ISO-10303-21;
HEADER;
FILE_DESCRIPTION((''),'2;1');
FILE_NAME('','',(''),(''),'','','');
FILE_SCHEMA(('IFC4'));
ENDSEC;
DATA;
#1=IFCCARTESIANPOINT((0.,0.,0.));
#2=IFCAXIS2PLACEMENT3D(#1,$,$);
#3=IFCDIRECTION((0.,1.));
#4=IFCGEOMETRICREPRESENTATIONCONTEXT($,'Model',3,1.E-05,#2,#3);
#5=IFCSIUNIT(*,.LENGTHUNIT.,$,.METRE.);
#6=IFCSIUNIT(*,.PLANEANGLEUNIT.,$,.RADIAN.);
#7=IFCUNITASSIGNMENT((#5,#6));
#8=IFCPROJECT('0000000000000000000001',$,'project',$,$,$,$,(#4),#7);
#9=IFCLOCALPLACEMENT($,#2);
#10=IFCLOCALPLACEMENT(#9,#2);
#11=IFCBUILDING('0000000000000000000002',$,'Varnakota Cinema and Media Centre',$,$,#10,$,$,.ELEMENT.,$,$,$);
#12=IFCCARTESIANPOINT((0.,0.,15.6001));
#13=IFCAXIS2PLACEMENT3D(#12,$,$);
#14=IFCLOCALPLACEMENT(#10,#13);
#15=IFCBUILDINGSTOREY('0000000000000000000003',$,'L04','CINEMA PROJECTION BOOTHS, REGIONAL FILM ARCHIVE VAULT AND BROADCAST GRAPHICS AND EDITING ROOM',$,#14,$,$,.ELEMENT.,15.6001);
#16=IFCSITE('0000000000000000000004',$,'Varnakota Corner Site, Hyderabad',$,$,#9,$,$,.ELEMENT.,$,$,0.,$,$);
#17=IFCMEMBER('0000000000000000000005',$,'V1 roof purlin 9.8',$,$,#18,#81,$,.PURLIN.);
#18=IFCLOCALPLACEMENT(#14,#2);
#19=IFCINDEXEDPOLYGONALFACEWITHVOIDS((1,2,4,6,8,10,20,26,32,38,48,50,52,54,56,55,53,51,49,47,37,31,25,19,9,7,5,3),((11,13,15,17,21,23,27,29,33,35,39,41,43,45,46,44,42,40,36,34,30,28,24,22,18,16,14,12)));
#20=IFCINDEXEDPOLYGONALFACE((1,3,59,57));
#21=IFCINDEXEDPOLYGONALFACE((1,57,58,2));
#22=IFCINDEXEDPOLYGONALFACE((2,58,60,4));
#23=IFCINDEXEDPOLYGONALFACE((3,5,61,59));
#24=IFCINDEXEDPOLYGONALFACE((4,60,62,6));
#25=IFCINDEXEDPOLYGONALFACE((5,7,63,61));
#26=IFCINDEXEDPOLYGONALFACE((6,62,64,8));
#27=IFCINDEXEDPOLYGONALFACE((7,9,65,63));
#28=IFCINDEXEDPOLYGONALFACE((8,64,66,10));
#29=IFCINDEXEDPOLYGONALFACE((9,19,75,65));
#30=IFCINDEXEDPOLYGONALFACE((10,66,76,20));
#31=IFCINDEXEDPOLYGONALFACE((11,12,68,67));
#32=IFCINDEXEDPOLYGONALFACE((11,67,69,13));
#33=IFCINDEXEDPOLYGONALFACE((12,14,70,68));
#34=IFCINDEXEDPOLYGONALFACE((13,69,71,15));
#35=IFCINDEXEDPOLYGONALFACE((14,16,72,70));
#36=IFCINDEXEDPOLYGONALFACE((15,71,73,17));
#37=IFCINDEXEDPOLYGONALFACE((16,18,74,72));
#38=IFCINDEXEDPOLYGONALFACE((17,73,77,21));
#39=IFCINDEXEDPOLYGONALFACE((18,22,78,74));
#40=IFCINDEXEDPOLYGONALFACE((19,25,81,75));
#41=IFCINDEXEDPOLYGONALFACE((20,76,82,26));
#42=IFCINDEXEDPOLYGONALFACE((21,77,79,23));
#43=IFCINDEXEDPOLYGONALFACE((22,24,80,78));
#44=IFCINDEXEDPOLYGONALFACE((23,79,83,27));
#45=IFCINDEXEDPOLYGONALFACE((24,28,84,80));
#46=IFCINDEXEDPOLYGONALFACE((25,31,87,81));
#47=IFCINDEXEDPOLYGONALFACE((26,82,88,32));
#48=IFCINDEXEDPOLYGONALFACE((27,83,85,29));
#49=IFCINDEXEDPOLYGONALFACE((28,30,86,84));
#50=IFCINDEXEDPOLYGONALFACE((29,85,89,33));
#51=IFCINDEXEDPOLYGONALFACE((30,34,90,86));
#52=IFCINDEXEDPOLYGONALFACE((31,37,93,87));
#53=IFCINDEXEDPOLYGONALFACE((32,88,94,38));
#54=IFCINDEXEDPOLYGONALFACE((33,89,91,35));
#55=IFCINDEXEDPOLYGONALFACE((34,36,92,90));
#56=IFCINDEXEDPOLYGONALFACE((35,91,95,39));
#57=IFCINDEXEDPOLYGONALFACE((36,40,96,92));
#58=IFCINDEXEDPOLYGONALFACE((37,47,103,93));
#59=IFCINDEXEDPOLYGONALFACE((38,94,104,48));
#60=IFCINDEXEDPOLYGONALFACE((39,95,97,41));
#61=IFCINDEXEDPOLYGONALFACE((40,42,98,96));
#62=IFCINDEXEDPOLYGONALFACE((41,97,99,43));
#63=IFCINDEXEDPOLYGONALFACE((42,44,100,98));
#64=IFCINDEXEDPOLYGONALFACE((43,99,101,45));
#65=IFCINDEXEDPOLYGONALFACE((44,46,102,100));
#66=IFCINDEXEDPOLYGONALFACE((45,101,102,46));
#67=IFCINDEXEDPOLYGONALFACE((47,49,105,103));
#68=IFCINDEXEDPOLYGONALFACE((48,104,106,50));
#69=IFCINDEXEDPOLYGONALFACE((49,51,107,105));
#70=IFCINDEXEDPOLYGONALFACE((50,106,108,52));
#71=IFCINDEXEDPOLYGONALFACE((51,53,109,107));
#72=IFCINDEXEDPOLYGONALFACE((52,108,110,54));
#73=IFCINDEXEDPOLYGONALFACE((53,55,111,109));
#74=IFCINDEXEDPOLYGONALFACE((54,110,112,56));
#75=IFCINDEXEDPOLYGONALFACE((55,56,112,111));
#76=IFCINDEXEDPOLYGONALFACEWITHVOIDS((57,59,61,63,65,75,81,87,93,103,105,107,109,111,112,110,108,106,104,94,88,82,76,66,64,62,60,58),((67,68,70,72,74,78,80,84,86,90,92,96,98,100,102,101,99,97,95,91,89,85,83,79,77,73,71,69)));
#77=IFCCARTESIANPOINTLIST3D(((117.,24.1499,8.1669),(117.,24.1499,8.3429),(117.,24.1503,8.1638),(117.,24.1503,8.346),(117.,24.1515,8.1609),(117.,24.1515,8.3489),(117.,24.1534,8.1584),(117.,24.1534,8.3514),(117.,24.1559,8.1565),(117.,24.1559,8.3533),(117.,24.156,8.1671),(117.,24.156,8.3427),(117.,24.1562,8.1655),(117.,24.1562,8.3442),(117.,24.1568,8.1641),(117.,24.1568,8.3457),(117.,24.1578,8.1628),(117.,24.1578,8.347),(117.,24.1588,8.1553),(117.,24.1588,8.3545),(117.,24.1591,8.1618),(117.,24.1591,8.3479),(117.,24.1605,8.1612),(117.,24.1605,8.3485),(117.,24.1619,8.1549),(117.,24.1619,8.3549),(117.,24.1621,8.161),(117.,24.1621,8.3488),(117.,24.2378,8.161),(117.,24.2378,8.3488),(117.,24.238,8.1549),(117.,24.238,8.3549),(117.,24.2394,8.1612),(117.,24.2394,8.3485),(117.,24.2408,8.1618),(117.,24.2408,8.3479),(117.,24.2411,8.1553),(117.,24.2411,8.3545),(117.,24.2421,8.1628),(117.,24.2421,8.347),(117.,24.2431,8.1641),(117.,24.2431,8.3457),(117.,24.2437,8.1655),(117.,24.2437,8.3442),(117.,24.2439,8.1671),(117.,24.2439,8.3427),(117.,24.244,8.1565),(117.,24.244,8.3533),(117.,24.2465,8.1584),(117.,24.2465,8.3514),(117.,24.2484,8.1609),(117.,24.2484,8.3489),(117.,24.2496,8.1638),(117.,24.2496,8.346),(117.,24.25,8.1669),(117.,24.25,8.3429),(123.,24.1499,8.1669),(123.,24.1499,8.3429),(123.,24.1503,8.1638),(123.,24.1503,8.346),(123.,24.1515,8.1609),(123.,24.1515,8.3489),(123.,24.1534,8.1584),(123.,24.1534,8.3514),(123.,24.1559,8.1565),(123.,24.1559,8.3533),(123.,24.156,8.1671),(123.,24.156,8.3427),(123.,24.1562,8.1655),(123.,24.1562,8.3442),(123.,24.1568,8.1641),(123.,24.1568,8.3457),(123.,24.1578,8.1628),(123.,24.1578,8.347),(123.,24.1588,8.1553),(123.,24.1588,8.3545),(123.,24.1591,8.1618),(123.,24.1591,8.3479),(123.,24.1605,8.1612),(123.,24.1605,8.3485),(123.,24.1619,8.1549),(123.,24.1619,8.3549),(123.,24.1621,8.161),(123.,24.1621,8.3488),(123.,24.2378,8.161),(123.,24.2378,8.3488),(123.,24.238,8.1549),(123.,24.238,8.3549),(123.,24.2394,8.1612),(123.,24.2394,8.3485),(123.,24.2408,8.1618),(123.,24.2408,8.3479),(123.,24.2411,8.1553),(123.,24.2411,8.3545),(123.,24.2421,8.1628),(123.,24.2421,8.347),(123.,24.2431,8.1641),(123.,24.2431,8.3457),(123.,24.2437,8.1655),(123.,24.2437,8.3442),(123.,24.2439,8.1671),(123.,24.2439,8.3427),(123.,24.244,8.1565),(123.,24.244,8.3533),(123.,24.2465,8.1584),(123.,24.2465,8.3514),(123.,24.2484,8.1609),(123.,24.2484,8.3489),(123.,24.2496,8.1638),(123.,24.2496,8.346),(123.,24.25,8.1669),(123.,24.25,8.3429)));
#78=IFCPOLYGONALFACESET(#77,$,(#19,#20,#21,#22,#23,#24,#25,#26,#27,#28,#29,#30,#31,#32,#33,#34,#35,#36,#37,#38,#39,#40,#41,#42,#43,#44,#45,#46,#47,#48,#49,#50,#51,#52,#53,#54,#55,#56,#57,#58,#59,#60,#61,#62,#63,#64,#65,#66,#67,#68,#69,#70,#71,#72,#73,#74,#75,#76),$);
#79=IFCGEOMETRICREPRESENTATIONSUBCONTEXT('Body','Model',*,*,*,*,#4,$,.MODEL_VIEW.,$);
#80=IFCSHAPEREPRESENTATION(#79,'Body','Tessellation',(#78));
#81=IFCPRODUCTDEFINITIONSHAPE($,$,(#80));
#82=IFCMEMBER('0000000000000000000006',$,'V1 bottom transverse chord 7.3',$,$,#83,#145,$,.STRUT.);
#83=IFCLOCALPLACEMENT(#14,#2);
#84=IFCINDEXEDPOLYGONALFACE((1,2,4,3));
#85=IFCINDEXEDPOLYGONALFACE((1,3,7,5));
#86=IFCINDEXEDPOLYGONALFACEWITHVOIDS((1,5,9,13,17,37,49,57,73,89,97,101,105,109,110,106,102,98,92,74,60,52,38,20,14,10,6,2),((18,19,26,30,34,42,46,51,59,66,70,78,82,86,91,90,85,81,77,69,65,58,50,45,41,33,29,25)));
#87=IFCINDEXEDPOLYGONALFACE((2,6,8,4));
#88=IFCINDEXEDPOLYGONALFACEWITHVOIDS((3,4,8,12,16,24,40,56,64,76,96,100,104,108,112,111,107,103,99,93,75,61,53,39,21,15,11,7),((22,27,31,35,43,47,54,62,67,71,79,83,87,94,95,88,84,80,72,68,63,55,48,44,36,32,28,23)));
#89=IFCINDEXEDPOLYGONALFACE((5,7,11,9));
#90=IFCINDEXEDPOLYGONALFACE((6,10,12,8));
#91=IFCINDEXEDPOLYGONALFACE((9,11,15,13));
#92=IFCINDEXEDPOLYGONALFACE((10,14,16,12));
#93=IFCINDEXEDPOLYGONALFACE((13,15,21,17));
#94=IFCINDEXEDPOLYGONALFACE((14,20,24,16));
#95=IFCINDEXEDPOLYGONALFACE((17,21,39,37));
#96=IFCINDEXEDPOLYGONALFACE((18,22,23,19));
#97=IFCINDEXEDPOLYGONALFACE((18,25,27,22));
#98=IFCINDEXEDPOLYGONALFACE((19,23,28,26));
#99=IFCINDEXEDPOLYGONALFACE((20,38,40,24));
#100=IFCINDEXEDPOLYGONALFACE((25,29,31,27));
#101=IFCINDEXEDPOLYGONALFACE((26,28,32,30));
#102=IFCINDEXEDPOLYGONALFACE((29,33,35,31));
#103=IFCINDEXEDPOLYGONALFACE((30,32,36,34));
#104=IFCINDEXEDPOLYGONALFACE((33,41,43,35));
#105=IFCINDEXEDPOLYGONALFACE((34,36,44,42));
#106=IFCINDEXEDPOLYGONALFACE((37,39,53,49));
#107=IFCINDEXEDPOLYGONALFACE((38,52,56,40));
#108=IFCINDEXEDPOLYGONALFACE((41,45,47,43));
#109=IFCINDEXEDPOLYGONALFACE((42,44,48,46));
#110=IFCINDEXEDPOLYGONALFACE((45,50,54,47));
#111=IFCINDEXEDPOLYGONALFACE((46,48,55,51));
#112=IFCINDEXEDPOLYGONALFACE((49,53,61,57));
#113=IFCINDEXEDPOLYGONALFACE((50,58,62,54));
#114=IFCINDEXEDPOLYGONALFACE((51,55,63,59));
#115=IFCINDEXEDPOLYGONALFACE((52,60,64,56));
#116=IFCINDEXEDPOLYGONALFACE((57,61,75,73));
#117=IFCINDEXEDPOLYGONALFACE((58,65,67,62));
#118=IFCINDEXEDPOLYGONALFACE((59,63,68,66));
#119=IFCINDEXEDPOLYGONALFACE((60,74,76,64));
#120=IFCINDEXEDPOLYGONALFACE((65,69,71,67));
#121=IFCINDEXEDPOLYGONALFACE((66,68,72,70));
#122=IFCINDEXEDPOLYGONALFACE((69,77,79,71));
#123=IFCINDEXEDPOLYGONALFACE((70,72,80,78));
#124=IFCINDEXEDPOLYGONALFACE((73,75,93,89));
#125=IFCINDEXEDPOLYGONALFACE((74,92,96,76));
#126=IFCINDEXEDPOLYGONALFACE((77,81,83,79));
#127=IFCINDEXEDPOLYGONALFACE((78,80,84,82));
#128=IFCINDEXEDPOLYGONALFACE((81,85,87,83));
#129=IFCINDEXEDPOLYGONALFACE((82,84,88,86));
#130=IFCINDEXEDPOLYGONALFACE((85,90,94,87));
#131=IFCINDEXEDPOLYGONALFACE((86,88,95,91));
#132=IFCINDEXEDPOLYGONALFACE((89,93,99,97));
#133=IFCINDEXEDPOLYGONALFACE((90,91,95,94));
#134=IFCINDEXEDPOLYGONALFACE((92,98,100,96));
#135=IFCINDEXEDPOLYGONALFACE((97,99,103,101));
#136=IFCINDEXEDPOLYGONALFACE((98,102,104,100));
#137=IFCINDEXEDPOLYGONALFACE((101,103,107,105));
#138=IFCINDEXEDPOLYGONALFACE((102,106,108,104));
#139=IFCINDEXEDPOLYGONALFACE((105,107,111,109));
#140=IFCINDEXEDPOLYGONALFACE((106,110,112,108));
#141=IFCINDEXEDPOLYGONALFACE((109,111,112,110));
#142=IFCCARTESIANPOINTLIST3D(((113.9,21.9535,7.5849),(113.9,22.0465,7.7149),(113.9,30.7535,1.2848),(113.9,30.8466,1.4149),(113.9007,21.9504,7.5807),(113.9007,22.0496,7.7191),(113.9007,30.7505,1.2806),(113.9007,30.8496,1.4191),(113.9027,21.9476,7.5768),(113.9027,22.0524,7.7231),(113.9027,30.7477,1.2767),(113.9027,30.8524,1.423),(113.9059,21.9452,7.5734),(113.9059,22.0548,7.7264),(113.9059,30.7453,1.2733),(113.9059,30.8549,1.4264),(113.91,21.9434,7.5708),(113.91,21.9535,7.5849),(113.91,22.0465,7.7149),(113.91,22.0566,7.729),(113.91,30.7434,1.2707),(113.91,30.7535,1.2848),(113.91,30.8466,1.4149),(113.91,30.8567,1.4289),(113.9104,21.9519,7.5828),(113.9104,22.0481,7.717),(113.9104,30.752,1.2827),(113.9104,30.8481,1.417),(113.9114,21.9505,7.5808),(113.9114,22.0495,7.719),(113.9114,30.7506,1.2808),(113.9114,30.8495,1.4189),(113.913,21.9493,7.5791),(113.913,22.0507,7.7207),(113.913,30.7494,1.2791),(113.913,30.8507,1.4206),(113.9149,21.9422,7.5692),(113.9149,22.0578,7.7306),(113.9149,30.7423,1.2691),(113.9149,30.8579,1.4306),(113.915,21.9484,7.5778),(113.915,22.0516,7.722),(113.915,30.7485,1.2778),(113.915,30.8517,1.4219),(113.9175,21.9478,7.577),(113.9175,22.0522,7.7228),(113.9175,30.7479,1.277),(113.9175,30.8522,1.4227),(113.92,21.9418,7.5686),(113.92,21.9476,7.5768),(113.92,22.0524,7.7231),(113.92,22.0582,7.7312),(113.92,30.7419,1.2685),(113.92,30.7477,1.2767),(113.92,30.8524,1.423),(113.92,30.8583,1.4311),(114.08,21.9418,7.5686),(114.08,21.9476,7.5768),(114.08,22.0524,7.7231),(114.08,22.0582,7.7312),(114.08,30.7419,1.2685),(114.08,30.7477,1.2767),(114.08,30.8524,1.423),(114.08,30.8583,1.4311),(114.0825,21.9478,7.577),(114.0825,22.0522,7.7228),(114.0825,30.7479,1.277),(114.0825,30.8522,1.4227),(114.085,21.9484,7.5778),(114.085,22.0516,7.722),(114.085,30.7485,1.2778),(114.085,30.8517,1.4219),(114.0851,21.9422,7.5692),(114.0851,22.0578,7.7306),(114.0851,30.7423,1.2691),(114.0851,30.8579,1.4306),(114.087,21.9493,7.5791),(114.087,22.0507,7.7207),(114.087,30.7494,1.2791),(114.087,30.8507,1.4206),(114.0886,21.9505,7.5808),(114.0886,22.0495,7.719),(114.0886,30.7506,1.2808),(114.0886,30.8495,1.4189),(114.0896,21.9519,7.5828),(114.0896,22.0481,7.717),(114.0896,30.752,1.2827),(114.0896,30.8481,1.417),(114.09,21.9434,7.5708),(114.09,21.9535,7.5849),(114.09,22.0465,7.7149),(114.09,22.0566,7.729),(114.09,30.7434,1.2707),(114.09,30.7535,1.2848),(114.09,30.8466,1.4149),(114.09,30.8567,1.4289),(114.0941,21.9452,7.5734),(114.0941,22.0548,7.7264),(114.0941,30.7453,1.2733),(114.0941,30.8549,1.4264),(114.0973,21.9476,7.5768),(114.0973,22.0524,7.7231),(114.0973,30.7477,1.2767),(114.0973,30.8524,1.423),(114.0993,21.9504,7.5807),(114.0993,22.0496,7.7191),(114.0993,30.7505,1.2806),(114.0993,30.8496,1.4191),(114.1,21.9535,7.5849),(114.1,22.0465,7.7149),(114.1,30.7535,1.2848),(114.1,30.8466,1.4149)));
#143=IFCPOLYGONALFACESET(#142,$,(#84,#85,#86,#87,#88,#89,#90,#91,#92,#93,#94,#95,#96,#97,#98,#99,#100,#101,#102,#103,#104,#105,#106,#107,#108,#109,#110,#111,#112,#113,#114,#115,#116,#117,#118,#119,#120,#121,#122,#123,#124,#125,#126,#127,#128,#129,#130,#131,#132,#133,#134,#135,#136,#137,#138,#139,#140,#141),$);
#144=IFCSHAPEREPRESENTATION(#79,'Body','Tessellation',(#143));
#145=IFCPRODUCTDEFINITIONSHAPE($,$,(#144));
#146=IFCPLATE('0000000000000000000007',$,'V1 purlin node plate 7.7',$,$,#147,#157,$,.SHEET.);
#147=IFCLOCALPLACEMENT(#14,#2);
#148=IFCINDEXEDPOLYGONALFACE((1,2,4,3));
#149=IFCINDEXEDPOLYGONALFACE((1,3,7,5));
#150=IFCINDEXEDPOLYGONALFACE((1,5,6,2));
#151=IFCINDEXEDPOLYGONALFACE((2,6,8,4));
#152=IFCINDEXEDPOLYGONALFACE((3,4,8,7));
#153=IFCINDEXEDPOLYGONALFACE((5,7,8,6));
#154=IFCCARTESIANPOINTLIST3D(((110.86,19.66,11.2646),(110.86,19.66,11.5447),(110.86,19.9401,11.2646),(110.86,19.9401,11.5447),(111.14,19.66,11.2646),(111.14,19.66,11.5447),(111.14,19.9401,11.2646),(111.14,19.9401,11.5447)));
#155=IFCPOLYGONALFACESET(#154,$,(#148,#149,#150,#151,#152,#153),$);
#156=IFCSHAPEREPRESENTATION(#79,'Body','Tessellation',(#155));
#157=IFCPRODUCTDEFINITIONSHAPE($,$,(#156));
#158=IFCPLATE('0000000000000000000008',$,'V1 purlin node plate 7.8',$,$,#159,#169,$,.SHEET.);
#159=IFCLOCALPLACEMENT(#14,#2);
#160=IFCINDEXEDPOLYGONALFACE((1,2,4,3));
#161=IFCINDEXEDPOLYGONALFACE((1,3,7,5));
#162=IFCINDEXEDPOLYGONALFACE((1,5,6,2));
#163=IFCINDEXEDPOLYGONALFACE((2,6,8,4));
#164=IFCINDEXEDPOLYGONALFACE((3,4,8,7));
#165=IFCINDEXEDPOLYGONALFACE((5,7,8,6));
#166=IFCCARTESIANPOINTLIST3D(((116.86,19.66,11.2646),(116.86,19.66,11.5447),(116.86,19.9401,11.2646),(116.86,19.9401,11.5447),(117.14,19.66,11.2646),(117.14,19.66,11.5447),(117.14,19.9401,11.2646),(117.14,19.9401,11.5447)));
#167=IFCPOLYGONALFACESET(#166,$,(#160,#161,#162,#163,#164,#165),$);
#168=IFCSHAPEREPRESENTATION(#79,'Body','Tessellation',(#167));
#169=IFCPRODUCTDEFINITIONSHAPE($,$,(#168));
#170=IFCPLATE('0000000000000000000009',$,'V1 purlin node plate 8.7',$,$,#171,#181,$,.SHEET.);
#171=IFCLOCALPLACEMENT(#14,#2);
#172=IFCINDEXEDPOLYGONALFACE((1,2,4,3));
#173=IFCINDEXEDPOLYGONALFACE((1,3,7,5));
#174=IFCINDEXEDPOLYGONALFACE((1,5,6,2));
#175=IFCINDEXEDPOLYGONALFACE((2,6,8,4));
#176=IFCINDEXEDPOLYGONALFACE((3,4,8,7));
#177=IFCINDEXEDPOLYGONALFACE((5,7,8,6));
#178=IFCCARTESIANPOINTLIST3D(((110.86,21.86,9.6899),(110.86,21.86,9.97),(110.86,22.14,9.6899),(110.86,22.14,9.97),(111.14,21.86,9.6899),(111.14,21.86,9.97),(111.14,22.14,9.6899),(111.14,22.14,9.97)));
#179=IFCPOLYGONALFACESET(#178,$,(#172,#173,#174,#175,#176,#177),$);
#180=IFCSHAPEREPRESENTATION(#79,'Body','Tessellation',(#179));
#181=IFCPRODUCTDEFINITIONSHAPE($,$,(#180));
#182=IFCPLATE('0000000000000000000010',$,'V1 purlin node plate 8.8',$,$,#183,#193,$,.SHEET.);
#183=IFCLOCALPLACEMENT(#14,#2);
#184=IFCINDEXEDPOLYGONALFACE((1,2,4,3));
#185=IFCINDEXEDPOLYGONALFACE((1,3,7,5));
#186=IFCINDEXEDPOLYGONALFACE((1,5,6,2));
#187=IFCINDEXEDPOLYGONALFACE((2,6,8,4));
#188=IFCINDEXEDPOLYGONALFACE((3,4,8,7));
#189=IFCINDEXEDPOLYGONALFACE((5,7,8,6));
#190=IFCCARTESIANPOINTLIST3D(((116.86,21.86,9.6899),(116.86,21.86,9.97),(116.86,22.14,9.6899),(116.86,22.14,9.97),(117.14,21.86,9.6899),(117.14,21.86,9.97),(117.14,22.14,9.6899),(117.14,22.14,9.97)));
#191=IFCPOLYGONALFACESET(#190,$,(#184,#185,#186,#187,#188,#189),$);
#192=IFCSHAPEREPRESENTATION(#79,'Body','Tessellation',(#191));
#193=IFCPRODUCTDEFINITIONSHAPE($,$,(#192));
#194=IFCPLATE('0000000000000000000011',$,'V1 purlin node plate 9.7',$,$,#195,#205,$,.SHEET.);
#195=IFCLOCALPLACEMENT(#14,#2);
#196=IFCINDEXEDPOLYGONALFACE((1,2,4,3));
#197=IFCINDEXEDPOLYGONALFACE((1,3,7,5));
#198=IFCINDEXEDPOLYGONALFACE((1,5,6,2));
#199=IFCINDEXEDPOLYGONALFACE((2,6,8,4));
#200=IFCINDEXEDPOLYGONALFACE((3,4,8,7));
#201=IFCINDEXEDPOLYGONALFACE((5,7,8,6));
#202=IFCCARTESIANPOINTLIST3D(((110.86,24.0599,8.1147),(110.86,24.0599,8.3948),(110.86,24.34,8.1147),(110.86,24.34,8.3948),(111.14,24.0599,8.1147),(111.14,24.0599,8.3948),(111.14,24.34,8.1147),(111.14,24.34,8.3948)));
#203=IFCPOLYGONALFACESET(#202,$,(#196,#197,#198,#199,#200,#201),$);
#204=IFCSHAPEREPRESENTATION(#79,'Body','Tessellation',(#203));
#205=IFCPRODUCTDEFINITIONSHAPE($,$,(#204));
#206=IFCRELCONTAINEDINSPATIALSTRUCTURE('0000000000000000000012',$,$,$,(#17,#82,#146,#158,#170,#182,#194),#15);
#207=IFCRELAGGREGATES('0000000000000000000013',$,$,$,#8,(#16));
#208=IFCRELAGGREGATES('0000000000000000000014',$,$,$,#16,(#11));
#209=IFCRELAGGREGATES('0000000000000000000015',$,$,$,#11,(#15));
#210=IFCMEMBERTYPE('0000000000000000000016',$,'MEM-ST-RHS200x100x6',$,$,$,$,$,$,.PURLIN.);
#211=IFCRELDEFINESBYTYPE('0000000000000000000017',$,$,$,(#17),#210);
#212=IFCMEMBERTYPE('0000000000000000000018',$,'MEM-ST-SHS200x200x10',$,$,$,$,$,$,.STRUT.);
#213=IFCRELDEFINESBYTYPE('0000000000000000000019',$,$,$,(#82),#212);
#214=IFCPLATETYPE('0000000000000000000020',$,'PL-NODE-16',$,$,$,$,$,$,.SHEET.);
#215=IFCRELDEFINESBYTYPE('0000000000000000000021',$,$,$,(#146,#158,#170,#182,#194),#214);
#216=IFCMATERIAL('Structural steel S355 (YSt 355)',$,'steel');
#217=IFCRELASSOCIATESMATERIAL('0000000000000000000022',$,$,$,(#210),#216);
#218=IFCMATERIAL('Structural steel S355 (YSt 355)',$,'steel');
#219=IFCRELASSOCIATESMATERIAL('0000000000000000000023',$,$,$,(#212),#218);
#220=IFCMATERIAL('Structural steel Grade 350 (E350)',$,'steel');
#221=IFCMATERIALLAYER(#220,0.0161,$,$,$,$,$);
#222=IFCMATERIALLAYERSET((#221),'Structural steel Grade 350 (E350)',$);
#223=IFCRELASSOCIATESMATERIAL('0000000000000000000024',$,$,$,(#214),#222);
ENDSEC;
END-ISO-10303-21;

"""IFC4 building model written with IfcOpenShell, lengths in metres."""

from ifc_helpers import new_model, si_unit, direction, frame, origin, origin_2d, place, context, subcontext, project, spatial, rectangle, hollow_rectangle, extrude, material, layer, layer_set, material_profile, profile_set, type_object, element, save


model = new_model("IFC4")

# Units and contexts
model_context = context("Model", 3, precision=1e-05, world=origin(), true_north=direction((0.0, 1.0)))
body_context = subcontext(model_context, "Body", "Model", "MODEL_VIEW")
ifc_project = project(units=[si_unit("LENGTHUNIT", "METRE"), si_unit("PLANEANGLEUNIT", "RADIAN")], contexts=[model_context])

# Site, building, storey
site_placement = place(None, origin())
site = spatial("IfcSite", under=ifc_project, at=site_placement, Name="Varnakota Corner Site, Hyderabad", CompositionType="ELEMENT", RefElevation=0.0)
building_placement = place(site_placement, origin())
building = spatial("IfcBuilding", under=site, at=building_placement, Name="Varnakota Cinema and Media Centre", CompositionType="ELEMENT")
storey_placement = place(building_placement, frame((0.0, 0.0, 15.6001)))
storey = spatial("IfcBuildingStorey", under=building, at=storey_placement, Name="L04", Description="CINEMA PROJECTION BOOTHS, REGIONAL FILM ARCHIVE VAULT AND BROADCAST GRAPHICS AND EDITING ROOM", CompositionType="ELEMENT", Elevation=15.6001)

# Members
ifc_material_1 = material(Name="Structural steel S355 (YSt 355)", Category="steel")
ifc_material_profile_1 = material_profile(ifc_material_1, hollow_rectangle(XDim=0.1001, YDim=0.2, WallThickness=0.0061, InnerFilletRadius=0.0061, OuterFilletRadius=0.012, at=origin_2d()), Name="RHS 200x100x6")
ifc_profile_set_1 = profile_set([ifc_material_profile_1], Name="Structural steel S355 (YSt 355)")
member_type_1 = type_object("IfcMemberType", Name="MEM-ST-RHS200x100x6", PredefinedType="PURLIN", material=ifc_profile_set_1)
for number, where, z_axis, x_axis, name in (
    (1, (117.0, 24.2, 8.2549), (1.0, 0.0, 0.0), (0.0, 1.0, 0.0), "V1 roof purlin 9.8"),
):
    element("IfcMember", number, at=place(storey_placement, frame(where, z_axis=z_axis, x_axis=x_axis)), inside=storey, type_object=member_type_1, Name=name, PredefinedType="PURLIN", context=body_context, shape_type="SweptSolid", body=[
        extrude(hollow_rectangle(XDim=0.1001, YDim=0.2, WallThickness=0.0061, InnerFilletRadius=0.0061, OuterFilletRadius=0.012, at=origin_2d()), origin(), (0.0, 0.0, 1.0), 6.0),
    ])
ifc_material_2 = material(Name="Structural steel S355 (YSt 355)", Category="steel")
ifc_material_profile_2 = material_profile(ifc_material_2, hollow_rectangle(XDim=0.2, YDim=0.2, WallThickness=0.01, InnerFilletRadius=0.01, OuterFilletRadius=0.02, at=origin_2d()), Name="SHS 200x200x10")
ifc_profile_set_2 = profile_set([ifc_material_profile_2], Name="Structural steel S355 (YSt 355)")
member_type_2 = type_object("IfcMemberType", Name="MEM-ST-SHS200x200x10", PredefinedType="STRUT", material=ifc_profile_set_2)
member_1_placement = place(storey_placement, frame((114.0, 22.0, 7.6499), z_axis=(0.0, 0.813108, -0.582113), x_axis=(-1.0, 0.0, 0.0)))
element("IfcMember", 2, at=member_1_placement, inside=storey, type_object=member_type_2, Name="V1 bottom transverse chord 7.3", PredefinedType="STRUT", context=body_context, shape_type="SweptSolid", body=[
    extrude(hollow_rectangle(XDim=0.2, YDim=0.2, WallThickness=0.01, InnerFilletRadius=0.01, OuterFilletRadius=0.02, at=origin_2d()), origin(), (0.0, 0.0, 1.0), 10.8228),
])

# Plates
ifc_material_3 = material(Name="Structural steel Grade 350 (E350)", Category="steel")
ifc_layer_1 = layer(ifc_material_3, 0.0161)
ifc_layer_set_1 = layer_set([ifc_layer_1], Name="Structural steel Grade 350 (E350)")
plate_type_1 = type_object("IfcPlateType", Name="PL-NODE-16", PredefinedType="SHEET", material=ifc_layer_set_1)
for number, where, z_axis, x_axis, name in (
    (3, (111.0, 19.8, 11.2646), (0.0, 0.0, 1.0), (1.0, 0.0, 0.0), "V1 purlin node plate 7.7"),
    (4, (117.0, 19.8, 11.2646), (0.0, 0.0, 1.0), (1.0, 0.0, 0.0), "V1 purlin node plate 7.8"),
    (5, (111.0, 22.0, 9.6899), (0.0, 0.0, 1.0), (1.0, 0.0, 0.0), "V1 purlin node plate 8.7"),
    (6, (117.0, 22.0, 9.6899), (0.0, 0.0, 1.0), (1.0, 0.0, 0.0), "V1 purlin node plate 8.8"),
    (7, (111.0, 24.2, 8.1147), (0.0, 0.0, 1.0), (1.0, 0.0, 0.0), "V1 purlin node plate 9.7"),
):
    element("IfcPlate", number, at=place(storey_placement, frame(where, z_axis=z_axis, x_axis=x_axis)), inside=storey, type_object=plate_type_1, Name=name, PredefinedType="SHEET", context=body_context, shape_type="SweptSolid", body=[
        extrude(rectangle(XDim=0.28, YDim=0.28, at=origin_2d()), origin(), (0.0, 0.0, 1.0), 0.28),
    ])

save(model, "model.ifc")
